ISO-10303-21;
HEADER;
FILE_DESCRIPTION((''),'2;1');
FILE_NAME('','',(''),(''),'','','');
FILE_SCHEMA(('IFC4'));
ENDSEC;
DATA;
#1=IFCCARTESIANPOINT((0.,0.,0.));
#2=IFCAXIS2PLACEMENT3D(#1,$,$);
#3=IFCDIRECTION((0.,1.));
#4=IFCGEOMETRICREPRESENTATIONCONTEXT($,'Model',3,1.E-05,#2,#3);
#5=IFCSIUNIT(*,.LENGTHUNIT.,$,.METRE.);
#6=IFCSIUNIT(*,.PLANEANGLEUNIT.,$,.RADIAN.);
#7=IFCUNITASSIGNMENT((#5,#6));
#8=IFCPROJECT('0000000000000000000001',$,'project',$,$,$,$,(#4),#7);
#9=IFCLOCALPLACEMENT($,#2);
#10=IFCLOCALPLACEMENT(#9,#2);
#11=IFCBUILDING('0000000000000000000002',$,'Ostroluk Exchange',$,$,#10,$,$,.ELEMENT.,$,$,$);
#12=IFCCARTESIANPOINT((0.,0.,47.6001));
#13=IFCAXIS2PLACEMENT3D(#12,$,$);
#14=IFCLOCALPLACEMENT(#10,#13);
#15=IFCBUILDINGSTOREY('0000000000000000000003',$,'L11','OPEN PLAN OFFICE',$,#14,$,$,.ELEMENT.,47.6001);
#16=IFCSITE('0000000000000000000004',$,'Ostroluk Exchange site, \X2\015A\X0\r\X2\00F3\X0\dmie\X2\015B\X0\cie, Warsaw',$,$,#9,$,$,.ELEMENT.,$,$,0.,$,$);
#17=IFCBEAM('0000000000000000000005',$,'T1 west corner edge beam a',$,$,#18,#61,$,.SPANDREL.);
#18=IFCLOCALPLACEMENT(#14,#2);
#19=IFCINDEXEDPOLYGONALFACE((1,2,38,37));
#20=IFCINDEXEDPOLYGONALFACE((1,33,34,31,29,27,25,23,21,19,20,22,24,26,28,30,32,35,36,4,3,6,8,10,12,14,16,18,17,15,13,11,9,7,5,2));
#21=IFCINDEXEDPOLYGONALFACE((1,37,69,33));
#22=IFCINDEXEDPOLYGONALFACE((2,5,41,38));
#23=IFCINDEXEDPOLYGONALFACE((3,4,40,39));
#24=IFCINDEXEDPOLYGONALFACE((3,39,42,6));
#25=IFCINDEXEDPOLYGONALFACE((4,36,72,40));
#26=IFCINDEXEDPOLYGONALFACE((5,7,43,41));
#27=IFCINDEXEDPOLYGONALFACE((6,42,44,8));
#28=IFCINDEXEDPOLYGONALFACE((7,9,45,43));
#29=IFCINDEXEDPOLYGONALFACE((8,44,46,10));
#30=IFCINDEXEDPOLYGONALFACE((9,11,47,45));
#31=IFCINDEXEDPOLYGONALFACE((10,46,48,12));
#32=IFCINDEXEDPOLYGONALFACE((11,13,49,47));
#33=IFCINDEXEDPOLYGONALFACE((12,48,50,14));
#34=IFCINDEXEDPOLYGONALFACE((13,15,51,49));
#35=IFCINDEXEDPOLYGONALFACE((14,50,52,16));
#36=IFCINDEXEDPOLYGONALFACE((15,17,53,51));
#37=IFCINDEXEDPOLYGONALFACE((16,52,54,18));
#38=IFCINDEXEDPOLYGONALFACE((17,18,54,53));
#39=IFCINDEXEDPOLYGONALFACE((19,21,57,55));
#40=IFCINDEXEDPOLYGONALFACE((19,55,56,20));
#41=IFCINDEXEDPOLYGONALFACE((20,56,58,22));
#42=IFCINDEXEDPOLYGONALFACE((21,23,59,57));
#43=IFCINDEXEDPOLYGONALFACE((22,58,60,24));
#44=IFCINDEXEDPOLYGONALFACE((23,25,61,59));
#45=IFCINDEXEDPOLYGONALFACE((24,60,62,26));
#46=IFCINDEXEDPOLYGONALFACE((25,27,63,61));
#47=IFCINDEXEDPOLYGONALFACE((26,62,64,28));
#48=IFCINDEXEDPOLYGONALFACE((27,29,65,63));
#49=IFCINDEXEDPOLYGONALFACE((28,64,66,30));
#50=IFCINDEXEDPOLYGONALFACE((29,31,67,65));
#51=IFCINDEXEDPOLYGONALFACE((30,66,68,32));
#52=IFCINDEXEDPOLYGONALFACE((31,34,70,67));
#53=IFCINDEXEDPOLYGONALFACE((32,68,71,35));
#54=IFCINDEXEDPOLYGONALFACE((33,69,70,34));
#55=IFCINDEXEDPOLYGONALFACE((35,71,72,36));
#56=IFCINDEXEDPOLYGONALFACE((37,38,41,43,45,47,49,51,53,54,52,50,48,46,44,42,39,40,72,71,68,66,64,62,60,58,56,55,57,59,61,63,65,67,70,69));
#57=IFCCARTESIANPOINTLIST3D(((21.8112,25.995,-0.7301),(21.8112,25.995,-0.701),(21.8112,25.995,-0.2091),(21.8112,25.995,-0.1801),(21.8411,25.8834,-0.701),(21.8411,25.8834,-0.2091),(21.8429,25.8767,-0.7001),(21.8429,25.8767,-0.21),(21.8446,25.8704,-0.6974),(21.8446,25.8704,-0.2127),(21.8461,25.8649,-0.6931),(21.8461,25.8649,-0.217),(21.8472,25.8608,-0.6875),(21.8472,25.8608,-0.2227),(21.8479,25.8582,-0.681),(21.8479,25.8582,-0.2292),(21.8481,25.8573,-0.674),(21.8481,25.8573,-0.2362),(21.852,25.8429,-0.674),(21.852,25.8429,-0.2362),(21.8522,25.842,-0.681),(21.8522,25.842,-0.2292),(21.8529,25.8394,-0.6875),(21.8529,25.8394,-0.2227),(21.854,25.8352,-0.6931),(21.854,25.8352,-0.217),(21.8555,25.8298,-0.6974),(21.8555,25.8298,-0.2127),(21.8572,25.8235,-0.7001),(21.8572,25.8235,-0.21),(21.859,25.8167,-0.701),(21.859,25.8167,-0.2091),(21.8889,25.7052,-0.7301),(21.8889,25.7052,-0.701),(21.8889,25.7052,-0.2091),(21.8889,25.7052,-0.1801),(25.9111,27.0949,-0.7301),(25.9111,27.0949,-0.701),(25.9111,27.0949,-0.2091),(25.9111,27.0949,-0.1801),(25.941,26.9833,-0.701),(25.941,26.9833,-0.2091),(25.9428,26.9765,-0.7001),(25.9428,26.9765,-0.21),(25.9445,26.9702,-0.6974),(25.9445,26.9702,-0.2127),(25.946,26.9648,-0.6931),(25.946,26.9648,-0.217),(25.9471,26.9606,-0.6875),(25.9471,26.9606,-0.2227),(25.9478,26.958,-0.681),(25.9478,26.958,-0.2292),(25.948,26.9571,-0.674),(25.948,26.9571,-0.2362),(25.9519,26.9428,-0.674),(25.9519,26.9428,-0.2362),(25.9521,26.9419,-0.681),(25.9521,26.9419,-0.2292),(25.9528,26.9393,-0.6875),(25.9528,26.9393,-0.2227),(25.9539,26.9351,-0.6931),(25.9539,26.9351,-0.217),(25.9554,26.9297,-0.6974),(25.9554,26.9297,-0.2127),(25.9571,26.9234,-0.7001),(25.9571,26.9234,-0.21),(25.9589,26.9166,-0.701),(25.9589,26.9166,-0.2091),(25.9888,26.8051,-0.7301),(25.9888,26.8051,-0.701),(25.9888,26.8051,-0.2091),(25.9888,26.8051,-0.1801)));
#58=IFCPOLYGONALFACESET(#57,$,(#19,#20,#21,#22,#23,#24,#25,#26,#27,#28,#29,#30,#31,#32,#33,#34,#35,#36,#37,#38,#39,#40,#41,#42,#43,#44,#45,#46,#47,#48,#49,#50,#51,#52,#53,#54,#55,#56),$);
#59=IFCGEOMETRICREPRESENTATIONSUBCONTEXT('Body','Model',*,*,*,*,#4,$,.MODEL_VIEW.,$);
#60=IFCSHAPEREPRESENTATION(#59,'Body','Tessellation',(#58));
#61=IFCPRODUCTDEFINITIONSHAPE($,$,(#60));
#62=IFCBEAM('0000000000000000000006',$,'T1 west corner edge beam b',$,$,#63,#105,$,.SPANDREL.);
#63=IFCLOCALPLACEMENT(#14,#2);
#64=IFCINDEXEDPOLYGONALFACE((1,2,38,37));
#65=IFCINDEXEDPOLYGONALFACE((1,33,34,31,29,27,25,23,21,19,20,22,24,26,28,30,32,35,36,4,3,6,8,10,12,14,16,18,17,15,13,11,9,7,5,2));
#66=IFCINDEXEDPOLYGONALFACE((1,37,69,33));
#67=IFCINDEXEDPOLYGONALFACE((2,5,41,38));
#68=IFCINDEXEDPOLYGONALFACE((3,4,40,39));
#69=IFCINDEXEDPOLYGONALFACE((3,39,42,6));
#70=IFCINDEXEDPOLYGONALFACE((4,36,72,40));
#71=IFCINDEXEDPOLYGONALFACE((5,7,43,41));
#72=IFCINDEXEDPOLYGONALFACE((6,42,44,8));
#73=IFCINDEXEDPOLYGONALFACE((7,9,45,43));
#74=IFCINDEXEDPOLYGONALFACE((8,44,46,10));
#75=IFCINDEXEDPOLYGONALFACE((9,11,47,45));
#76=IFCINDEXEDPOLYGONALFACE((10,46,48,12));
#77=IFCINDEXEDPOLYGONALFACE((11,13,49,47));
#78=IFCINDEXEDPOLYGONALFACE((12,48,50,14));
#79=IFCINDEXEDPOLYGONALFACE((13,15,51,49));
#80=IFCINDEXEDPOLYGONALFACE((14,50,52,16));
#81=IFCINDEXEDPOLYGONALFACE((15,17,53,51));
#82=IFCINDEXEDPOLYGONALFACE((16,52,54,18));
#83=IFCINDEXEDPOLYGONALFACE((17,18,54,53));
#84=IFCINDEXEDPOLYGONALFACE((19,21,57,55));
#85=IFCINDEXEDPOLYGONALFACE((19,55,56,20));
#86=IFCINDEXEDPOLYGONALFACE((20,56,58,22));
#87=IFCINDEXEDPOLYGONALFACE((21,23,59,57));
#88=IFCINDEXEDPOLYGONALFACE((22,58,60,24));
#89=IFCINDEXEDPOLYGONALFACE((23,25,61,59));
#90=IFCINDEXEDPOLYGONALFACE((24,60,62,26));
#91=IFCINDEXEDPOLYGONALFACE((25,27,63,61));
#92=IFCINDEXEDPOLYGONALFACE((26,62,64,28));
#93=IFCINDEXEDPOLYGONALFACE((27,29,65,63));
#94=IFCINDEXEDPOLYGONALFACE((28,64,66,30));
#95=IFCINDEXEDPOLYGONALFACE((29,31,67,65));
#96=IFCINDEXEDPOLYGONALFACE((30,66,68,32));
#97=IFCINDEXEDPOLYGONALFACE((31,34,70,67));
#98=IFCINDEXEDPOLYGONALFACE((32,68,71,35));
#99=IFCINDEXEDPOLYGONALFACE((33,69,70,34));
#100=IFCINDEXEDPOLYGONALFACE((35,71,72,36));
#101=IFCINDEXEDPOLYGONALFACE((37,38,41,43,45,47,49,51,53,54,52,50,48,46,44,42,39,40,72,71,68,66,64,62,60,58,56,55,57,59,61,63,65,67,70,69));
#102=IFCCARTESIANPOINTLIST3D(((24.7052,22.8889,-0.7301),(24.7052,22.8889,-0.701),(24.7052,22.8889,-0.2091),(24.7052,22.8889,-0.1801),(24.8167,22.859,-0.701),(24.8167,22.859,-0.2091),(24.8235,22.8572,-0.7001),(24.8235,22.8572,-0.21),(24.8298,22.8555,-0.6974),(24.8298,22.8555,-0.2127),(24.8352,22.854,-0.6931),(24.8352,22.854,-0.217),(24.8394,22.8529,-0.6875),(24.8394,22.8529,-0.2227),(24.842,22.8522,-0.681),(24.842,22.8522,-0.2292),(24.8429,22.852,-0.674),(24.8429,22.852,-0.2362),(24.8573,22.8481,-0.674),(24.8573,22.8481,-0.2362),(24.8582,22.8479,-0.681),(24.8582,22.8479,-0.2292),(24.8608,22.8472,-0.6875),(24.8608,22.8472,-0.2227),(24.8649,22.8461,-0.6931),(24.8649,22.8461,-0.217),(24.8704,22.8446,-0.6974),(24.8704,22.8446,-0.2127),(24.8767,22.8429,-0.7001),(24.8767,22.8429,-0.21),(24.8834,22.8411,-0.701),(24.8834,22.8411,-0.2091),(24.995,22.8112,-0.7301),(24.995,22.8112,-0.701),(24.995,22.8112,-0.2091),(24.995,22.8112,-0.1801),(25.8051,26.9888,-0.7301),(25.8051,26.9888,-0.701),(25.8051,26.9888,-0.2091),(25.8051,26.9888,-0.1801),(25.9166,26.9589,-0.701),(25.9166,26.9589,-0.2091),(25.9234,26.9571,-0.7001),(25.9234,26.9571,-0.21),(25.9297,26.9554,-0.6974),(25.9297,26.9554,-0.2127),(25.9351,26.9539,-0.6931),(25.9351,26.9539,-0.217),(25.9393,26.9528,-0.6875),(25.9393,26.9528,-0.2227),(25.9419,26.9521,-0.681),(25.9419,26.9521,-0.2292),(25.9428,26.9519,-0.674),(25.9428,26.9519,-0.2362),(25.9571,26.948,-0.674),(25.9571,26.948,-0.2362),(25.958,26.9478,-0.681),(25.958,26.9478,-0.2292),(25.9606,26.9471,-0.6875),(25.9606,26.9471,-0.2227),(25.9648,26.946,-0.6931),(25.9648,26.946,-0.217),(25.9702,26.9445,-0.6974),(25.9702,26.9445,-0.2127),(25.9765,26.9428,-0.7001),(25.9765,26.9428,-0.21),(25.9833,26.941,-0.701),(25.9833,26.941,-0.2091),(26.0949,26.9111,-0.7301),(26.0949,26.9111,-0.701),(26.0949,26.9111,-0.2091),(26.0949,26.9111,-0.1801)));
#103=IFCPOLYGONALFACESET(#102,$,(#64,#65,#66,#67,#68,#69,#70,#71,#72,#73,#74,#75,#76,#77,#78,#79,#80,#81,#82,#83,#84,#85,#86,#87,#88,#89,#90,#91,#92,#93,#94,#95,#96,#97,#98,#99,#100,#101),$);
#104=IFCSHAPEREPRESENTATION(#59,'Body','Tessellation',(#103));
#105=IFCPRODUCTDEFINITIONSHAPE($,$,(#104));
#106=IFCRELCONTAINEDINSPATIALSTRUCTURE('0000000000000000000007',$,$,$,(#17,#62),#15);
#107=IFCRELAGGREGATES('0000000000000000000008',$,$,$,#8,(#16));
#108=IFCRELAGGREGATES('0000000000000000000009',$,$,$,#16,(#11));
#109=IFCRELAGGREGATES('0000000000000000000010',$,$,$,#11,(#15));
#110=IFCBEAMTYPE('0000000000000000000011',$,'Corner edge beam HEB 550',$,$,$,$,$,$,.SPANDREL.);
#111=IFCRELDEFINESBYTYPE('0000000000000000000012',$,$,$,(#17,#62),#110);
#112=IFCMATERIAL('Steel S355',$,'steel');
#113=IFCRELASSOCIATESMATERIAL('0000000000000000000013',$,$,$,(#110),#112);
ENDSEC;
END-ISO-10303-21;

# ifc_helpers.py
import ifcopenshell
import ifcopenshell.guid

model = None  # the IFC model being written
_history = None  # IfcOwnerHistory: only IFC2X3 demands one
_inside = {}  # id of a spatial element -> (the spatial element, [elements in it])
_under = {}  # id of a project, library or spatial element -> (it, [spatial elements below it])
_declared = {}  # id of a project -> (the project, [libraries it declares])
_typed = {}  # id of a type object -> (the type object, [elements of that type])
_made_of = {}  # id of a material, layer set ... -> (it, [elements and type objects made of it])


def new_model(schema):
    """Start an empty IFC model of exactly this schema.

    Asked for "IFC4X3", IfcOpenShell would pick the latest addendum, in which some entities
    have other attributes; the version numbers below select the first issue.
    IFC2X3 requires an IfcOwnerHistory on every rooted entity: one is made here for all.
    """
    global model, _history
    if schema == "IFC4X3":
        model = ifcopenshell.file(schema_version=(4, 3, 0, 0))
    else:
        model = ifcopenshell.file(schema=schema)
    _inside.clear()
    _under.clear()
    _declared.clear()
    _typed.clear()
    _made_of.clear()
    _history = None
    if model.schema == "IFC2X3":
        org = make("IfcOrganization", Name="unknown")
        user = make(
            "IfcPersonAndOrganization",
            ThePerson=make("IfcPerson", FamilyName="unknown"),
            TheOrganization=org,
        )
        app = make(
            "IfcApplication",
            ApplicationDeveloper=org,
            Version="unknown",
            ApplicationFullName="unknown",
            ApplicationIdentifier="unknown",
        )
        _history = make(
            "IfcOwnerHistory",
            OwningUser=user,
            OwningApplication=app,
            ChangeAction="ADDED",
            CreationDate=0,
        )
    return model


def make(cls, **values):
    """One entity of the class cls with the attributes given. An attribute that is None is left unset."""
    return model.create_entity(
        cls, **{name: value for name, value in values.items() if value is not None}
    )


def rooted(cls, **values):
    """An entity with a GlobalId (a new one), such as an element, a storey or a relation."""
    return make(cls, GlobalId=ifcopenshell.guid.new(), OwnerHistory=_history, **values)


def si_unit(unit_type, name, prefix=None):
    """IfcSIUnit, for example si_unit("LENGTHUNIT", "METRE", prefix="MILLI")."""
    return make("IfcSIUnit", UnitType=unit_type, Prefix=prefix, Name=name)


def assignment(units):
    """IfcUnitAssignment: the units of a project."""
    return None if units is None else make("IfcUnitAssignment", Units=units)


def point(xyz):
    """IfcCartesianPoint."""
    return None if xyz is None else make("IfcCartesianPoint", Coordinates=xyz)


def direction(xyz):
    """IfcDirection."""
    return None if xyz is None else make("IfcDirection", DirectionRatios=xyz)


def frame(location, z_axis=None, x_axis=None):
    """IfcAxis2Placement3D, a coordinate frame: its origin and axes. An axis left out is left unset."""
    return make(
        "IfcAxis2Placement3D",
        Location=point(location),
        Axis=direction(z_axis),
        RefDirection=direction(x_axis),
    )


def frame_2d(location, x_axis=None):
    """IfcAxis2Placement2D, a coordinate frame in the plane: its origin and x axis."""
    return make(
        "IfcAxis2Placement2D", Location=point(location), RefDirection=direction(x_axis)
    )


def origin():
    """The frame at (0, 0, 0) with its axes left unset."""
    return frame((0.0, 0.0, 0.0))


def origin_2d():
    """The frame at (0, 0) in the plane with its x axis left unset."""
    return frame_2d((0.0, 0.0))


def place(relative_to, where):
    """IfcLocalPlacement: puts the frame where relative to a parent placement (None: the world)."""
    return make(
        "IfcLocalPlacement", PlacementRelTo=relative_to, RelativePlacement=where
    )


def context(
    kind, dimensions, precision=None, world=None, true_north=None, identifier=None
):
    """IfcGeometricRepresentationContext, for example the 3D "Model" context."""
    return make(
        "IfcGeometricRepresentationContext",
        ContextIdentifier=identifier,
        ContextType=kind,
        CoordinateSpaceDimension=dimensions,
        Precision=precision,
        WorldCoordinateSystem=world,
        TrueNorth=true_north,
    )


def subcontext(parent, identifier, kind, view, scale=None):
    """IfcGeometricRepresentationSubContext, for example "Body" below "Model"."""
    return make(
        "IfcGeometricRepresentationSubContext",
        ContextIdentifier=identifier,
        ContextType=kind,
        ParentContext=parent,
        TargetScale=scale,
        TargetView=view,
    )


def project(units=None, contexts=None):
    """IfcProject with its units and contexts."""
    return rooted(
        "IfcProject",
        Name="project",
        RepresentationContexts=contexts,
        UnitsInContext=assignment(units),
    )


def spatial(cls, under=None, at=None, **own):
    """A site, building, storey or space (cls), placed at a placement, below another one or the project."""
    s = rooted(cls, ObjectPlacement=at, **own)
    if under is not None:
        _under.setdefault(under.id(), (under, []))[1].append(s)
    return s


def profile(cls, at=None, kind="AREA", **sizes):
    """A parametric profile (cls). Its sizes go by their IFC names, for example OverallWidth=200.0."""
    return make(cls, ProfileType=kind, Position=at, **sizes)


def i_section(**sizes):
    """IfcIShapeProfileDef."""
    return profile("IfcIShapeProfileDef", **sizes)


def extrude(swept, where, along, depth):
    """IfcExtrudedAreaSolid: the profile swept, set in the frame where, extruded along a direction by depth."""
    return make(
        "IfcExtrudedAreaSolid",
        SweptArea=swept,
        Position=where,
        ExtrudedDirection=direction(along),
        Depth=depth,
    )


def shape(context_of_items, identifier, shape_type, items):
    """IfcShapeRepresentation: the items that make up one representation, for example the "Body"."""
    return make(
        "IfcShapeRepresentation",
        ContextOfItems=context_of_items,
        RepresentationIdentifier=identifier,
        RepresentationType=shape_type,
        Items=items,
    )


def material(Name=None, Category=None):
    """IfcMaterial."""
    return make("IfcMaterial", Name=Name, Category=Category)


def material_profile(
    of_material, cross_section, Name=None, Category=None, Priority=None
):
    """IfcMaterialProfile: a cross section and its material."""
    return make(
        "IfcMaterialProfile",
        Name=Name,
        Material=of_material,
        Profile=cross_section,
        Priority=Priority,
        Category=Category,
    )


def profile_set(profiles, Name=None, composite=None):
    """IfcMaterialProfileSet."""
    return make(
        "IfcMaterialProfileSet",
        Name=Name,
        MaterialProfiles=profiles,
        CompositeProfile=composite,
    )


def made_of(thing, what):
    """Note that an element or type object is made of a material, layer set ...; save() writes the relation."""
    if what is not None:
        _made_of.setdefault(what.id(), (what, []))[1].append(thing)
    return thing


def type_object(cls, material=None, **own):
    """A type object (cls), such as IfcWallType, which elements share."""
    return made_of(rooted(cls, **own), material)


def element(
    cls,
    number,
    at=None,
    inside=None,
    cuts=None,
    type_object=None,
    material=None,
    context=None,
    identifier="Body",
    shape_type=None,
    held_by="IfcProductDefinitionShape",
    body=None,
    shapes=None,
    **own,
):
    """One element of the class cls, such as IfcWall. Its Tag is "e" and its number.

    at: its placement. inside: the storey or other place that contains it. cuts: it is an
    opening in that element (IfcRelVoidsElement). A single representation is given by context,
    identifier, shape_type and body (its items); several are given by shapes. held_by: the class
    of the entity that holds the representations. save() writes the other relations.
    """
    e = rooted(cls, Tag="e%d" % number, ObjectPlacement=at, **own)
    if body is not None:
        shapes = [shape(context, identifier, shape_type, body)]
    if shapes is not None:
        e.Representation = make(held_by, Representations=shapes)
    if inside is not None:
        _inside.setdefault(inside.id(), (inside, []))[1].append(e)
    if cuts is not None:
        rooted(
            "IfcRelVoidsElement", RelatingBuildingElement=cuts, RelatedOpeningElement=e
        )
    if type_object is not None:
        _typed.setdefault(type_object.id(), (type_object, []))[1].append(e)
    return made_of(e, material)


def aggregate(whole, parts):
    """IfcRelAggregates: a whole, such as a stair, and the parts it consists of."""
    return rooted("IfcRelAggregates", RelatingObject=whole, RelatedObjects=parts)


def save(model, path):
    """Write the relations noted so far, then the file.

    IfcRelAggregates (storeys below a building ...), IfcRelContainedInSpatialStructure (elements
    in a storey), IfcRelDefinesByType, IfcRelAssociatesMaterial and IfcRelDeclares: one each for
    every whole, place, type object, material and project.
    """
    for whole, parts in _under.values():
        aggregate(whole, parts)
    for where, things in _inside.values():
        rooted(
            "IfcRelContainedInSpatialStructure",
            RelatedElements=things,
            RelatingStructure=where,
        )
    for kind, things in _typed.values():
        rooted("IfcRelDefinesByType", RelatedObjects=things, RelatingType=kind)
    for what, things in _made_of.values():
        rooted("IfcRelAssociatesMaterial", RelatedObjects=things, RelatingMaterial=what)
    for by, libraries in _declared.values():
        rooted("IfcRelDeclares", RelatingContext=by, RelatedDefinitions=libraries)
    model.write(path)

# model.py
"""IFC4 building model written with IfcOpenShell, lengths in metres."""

from ifc_helpers import new_model, si_unit, direction, frame, origin, origin_2d, place, context, subcontext, project, spatial, i_section, extrude, material, material_profile, profile_set, type_object, element, save


model = new_model("IFC4")

# Units and contexts
model_context = context("Model", 3, precision=1e-05, world=origin(), true_north=direction((0.0, 1.0)))
body_context = subcontext(model_context, "Body", "Model", "MODEL_VIEW")
ifc_project = project(units=[si_unit("LENGTHUNIT", "METRE"), si_unit("PLANEANGLEUNIT", "RADIAN")], contexts=[model_context])

# Site, building, storey
site_placement = place(None, origin())
site = spatial("IfcSite", under=ifc_project, at=site_placement, Name="Ostroluk Exchange site, Śródmieście, Warsaw", CompositionType="ELEMENT", RefElevation=0.0)
building_placement = place(site_placement, origin())
building = spatial("IfcBuilding", under=site, at=building_placement, Name="Ostroluk Exchange", CompositionType="ELEMENT")
storey_placement = place(building_placement, frame((0.0, 0.0, 47.6001)))
storey = spatial("IfcBuildingStorey", under=building, at=storey_placement, Name="L11", Description="OPEN PLAN OFFICE", CompositionType="ELEMENT", Elevation=47.6001)

# Beams
ifc_material_1 = material(Name="Steel S355", Category="steel")
ifc_material_profile = material_profile(ifc_material_1, i_section(OverallWidth=0.3, OverallDepth=0.55, WebThickness=0.0149, FlangeThickness=0.0291, FilletRadius=0.0271, at=origin_2d()), Name="HEB 550")
ifc_profile_set = profile_set([ifc_material_profile], Name="Steel S355")
beam_type = type_object("IfcBeamType", Name="Corner edge beam HEB 550", PredefinedType="SPANDREL", material=ifc_profile_set)
for number, where, z_axis, x_axis, name in (
    (1, (25.95, 26.95, -0.4551), (-0.965849, -0.259105, 0.0), (0.259105, -0.965849, 0.0), "T1 west corner edge beam a"),
    (2, (25.95, 26.95, -0.4551), (-0.259105, -0.965849, 0.0), (0.965849, -0.259105, 0.0), "T1 west corner edge beam b"),
):
    element("IfcBeam", number, at=place(storey_placement, frame(where, z_axis=z_axis, x_axis=x_axis)), inside=storey, type_object=beam_type, Name=name, PredefinedType="SPANDREL", context=body_context, shape_type="SweptSolid", body=[
        extrude(i_section(OverallWidth=0.3, OverallDepth=0.55, WebThickness=0.0149, FlangeThickness=0.0291, FilletRadius=0.0271, at=origin_2d()), origin(), (0.0, 0.0, 1.0), 4.2449),
    ])

save(model, "model.ifc")
